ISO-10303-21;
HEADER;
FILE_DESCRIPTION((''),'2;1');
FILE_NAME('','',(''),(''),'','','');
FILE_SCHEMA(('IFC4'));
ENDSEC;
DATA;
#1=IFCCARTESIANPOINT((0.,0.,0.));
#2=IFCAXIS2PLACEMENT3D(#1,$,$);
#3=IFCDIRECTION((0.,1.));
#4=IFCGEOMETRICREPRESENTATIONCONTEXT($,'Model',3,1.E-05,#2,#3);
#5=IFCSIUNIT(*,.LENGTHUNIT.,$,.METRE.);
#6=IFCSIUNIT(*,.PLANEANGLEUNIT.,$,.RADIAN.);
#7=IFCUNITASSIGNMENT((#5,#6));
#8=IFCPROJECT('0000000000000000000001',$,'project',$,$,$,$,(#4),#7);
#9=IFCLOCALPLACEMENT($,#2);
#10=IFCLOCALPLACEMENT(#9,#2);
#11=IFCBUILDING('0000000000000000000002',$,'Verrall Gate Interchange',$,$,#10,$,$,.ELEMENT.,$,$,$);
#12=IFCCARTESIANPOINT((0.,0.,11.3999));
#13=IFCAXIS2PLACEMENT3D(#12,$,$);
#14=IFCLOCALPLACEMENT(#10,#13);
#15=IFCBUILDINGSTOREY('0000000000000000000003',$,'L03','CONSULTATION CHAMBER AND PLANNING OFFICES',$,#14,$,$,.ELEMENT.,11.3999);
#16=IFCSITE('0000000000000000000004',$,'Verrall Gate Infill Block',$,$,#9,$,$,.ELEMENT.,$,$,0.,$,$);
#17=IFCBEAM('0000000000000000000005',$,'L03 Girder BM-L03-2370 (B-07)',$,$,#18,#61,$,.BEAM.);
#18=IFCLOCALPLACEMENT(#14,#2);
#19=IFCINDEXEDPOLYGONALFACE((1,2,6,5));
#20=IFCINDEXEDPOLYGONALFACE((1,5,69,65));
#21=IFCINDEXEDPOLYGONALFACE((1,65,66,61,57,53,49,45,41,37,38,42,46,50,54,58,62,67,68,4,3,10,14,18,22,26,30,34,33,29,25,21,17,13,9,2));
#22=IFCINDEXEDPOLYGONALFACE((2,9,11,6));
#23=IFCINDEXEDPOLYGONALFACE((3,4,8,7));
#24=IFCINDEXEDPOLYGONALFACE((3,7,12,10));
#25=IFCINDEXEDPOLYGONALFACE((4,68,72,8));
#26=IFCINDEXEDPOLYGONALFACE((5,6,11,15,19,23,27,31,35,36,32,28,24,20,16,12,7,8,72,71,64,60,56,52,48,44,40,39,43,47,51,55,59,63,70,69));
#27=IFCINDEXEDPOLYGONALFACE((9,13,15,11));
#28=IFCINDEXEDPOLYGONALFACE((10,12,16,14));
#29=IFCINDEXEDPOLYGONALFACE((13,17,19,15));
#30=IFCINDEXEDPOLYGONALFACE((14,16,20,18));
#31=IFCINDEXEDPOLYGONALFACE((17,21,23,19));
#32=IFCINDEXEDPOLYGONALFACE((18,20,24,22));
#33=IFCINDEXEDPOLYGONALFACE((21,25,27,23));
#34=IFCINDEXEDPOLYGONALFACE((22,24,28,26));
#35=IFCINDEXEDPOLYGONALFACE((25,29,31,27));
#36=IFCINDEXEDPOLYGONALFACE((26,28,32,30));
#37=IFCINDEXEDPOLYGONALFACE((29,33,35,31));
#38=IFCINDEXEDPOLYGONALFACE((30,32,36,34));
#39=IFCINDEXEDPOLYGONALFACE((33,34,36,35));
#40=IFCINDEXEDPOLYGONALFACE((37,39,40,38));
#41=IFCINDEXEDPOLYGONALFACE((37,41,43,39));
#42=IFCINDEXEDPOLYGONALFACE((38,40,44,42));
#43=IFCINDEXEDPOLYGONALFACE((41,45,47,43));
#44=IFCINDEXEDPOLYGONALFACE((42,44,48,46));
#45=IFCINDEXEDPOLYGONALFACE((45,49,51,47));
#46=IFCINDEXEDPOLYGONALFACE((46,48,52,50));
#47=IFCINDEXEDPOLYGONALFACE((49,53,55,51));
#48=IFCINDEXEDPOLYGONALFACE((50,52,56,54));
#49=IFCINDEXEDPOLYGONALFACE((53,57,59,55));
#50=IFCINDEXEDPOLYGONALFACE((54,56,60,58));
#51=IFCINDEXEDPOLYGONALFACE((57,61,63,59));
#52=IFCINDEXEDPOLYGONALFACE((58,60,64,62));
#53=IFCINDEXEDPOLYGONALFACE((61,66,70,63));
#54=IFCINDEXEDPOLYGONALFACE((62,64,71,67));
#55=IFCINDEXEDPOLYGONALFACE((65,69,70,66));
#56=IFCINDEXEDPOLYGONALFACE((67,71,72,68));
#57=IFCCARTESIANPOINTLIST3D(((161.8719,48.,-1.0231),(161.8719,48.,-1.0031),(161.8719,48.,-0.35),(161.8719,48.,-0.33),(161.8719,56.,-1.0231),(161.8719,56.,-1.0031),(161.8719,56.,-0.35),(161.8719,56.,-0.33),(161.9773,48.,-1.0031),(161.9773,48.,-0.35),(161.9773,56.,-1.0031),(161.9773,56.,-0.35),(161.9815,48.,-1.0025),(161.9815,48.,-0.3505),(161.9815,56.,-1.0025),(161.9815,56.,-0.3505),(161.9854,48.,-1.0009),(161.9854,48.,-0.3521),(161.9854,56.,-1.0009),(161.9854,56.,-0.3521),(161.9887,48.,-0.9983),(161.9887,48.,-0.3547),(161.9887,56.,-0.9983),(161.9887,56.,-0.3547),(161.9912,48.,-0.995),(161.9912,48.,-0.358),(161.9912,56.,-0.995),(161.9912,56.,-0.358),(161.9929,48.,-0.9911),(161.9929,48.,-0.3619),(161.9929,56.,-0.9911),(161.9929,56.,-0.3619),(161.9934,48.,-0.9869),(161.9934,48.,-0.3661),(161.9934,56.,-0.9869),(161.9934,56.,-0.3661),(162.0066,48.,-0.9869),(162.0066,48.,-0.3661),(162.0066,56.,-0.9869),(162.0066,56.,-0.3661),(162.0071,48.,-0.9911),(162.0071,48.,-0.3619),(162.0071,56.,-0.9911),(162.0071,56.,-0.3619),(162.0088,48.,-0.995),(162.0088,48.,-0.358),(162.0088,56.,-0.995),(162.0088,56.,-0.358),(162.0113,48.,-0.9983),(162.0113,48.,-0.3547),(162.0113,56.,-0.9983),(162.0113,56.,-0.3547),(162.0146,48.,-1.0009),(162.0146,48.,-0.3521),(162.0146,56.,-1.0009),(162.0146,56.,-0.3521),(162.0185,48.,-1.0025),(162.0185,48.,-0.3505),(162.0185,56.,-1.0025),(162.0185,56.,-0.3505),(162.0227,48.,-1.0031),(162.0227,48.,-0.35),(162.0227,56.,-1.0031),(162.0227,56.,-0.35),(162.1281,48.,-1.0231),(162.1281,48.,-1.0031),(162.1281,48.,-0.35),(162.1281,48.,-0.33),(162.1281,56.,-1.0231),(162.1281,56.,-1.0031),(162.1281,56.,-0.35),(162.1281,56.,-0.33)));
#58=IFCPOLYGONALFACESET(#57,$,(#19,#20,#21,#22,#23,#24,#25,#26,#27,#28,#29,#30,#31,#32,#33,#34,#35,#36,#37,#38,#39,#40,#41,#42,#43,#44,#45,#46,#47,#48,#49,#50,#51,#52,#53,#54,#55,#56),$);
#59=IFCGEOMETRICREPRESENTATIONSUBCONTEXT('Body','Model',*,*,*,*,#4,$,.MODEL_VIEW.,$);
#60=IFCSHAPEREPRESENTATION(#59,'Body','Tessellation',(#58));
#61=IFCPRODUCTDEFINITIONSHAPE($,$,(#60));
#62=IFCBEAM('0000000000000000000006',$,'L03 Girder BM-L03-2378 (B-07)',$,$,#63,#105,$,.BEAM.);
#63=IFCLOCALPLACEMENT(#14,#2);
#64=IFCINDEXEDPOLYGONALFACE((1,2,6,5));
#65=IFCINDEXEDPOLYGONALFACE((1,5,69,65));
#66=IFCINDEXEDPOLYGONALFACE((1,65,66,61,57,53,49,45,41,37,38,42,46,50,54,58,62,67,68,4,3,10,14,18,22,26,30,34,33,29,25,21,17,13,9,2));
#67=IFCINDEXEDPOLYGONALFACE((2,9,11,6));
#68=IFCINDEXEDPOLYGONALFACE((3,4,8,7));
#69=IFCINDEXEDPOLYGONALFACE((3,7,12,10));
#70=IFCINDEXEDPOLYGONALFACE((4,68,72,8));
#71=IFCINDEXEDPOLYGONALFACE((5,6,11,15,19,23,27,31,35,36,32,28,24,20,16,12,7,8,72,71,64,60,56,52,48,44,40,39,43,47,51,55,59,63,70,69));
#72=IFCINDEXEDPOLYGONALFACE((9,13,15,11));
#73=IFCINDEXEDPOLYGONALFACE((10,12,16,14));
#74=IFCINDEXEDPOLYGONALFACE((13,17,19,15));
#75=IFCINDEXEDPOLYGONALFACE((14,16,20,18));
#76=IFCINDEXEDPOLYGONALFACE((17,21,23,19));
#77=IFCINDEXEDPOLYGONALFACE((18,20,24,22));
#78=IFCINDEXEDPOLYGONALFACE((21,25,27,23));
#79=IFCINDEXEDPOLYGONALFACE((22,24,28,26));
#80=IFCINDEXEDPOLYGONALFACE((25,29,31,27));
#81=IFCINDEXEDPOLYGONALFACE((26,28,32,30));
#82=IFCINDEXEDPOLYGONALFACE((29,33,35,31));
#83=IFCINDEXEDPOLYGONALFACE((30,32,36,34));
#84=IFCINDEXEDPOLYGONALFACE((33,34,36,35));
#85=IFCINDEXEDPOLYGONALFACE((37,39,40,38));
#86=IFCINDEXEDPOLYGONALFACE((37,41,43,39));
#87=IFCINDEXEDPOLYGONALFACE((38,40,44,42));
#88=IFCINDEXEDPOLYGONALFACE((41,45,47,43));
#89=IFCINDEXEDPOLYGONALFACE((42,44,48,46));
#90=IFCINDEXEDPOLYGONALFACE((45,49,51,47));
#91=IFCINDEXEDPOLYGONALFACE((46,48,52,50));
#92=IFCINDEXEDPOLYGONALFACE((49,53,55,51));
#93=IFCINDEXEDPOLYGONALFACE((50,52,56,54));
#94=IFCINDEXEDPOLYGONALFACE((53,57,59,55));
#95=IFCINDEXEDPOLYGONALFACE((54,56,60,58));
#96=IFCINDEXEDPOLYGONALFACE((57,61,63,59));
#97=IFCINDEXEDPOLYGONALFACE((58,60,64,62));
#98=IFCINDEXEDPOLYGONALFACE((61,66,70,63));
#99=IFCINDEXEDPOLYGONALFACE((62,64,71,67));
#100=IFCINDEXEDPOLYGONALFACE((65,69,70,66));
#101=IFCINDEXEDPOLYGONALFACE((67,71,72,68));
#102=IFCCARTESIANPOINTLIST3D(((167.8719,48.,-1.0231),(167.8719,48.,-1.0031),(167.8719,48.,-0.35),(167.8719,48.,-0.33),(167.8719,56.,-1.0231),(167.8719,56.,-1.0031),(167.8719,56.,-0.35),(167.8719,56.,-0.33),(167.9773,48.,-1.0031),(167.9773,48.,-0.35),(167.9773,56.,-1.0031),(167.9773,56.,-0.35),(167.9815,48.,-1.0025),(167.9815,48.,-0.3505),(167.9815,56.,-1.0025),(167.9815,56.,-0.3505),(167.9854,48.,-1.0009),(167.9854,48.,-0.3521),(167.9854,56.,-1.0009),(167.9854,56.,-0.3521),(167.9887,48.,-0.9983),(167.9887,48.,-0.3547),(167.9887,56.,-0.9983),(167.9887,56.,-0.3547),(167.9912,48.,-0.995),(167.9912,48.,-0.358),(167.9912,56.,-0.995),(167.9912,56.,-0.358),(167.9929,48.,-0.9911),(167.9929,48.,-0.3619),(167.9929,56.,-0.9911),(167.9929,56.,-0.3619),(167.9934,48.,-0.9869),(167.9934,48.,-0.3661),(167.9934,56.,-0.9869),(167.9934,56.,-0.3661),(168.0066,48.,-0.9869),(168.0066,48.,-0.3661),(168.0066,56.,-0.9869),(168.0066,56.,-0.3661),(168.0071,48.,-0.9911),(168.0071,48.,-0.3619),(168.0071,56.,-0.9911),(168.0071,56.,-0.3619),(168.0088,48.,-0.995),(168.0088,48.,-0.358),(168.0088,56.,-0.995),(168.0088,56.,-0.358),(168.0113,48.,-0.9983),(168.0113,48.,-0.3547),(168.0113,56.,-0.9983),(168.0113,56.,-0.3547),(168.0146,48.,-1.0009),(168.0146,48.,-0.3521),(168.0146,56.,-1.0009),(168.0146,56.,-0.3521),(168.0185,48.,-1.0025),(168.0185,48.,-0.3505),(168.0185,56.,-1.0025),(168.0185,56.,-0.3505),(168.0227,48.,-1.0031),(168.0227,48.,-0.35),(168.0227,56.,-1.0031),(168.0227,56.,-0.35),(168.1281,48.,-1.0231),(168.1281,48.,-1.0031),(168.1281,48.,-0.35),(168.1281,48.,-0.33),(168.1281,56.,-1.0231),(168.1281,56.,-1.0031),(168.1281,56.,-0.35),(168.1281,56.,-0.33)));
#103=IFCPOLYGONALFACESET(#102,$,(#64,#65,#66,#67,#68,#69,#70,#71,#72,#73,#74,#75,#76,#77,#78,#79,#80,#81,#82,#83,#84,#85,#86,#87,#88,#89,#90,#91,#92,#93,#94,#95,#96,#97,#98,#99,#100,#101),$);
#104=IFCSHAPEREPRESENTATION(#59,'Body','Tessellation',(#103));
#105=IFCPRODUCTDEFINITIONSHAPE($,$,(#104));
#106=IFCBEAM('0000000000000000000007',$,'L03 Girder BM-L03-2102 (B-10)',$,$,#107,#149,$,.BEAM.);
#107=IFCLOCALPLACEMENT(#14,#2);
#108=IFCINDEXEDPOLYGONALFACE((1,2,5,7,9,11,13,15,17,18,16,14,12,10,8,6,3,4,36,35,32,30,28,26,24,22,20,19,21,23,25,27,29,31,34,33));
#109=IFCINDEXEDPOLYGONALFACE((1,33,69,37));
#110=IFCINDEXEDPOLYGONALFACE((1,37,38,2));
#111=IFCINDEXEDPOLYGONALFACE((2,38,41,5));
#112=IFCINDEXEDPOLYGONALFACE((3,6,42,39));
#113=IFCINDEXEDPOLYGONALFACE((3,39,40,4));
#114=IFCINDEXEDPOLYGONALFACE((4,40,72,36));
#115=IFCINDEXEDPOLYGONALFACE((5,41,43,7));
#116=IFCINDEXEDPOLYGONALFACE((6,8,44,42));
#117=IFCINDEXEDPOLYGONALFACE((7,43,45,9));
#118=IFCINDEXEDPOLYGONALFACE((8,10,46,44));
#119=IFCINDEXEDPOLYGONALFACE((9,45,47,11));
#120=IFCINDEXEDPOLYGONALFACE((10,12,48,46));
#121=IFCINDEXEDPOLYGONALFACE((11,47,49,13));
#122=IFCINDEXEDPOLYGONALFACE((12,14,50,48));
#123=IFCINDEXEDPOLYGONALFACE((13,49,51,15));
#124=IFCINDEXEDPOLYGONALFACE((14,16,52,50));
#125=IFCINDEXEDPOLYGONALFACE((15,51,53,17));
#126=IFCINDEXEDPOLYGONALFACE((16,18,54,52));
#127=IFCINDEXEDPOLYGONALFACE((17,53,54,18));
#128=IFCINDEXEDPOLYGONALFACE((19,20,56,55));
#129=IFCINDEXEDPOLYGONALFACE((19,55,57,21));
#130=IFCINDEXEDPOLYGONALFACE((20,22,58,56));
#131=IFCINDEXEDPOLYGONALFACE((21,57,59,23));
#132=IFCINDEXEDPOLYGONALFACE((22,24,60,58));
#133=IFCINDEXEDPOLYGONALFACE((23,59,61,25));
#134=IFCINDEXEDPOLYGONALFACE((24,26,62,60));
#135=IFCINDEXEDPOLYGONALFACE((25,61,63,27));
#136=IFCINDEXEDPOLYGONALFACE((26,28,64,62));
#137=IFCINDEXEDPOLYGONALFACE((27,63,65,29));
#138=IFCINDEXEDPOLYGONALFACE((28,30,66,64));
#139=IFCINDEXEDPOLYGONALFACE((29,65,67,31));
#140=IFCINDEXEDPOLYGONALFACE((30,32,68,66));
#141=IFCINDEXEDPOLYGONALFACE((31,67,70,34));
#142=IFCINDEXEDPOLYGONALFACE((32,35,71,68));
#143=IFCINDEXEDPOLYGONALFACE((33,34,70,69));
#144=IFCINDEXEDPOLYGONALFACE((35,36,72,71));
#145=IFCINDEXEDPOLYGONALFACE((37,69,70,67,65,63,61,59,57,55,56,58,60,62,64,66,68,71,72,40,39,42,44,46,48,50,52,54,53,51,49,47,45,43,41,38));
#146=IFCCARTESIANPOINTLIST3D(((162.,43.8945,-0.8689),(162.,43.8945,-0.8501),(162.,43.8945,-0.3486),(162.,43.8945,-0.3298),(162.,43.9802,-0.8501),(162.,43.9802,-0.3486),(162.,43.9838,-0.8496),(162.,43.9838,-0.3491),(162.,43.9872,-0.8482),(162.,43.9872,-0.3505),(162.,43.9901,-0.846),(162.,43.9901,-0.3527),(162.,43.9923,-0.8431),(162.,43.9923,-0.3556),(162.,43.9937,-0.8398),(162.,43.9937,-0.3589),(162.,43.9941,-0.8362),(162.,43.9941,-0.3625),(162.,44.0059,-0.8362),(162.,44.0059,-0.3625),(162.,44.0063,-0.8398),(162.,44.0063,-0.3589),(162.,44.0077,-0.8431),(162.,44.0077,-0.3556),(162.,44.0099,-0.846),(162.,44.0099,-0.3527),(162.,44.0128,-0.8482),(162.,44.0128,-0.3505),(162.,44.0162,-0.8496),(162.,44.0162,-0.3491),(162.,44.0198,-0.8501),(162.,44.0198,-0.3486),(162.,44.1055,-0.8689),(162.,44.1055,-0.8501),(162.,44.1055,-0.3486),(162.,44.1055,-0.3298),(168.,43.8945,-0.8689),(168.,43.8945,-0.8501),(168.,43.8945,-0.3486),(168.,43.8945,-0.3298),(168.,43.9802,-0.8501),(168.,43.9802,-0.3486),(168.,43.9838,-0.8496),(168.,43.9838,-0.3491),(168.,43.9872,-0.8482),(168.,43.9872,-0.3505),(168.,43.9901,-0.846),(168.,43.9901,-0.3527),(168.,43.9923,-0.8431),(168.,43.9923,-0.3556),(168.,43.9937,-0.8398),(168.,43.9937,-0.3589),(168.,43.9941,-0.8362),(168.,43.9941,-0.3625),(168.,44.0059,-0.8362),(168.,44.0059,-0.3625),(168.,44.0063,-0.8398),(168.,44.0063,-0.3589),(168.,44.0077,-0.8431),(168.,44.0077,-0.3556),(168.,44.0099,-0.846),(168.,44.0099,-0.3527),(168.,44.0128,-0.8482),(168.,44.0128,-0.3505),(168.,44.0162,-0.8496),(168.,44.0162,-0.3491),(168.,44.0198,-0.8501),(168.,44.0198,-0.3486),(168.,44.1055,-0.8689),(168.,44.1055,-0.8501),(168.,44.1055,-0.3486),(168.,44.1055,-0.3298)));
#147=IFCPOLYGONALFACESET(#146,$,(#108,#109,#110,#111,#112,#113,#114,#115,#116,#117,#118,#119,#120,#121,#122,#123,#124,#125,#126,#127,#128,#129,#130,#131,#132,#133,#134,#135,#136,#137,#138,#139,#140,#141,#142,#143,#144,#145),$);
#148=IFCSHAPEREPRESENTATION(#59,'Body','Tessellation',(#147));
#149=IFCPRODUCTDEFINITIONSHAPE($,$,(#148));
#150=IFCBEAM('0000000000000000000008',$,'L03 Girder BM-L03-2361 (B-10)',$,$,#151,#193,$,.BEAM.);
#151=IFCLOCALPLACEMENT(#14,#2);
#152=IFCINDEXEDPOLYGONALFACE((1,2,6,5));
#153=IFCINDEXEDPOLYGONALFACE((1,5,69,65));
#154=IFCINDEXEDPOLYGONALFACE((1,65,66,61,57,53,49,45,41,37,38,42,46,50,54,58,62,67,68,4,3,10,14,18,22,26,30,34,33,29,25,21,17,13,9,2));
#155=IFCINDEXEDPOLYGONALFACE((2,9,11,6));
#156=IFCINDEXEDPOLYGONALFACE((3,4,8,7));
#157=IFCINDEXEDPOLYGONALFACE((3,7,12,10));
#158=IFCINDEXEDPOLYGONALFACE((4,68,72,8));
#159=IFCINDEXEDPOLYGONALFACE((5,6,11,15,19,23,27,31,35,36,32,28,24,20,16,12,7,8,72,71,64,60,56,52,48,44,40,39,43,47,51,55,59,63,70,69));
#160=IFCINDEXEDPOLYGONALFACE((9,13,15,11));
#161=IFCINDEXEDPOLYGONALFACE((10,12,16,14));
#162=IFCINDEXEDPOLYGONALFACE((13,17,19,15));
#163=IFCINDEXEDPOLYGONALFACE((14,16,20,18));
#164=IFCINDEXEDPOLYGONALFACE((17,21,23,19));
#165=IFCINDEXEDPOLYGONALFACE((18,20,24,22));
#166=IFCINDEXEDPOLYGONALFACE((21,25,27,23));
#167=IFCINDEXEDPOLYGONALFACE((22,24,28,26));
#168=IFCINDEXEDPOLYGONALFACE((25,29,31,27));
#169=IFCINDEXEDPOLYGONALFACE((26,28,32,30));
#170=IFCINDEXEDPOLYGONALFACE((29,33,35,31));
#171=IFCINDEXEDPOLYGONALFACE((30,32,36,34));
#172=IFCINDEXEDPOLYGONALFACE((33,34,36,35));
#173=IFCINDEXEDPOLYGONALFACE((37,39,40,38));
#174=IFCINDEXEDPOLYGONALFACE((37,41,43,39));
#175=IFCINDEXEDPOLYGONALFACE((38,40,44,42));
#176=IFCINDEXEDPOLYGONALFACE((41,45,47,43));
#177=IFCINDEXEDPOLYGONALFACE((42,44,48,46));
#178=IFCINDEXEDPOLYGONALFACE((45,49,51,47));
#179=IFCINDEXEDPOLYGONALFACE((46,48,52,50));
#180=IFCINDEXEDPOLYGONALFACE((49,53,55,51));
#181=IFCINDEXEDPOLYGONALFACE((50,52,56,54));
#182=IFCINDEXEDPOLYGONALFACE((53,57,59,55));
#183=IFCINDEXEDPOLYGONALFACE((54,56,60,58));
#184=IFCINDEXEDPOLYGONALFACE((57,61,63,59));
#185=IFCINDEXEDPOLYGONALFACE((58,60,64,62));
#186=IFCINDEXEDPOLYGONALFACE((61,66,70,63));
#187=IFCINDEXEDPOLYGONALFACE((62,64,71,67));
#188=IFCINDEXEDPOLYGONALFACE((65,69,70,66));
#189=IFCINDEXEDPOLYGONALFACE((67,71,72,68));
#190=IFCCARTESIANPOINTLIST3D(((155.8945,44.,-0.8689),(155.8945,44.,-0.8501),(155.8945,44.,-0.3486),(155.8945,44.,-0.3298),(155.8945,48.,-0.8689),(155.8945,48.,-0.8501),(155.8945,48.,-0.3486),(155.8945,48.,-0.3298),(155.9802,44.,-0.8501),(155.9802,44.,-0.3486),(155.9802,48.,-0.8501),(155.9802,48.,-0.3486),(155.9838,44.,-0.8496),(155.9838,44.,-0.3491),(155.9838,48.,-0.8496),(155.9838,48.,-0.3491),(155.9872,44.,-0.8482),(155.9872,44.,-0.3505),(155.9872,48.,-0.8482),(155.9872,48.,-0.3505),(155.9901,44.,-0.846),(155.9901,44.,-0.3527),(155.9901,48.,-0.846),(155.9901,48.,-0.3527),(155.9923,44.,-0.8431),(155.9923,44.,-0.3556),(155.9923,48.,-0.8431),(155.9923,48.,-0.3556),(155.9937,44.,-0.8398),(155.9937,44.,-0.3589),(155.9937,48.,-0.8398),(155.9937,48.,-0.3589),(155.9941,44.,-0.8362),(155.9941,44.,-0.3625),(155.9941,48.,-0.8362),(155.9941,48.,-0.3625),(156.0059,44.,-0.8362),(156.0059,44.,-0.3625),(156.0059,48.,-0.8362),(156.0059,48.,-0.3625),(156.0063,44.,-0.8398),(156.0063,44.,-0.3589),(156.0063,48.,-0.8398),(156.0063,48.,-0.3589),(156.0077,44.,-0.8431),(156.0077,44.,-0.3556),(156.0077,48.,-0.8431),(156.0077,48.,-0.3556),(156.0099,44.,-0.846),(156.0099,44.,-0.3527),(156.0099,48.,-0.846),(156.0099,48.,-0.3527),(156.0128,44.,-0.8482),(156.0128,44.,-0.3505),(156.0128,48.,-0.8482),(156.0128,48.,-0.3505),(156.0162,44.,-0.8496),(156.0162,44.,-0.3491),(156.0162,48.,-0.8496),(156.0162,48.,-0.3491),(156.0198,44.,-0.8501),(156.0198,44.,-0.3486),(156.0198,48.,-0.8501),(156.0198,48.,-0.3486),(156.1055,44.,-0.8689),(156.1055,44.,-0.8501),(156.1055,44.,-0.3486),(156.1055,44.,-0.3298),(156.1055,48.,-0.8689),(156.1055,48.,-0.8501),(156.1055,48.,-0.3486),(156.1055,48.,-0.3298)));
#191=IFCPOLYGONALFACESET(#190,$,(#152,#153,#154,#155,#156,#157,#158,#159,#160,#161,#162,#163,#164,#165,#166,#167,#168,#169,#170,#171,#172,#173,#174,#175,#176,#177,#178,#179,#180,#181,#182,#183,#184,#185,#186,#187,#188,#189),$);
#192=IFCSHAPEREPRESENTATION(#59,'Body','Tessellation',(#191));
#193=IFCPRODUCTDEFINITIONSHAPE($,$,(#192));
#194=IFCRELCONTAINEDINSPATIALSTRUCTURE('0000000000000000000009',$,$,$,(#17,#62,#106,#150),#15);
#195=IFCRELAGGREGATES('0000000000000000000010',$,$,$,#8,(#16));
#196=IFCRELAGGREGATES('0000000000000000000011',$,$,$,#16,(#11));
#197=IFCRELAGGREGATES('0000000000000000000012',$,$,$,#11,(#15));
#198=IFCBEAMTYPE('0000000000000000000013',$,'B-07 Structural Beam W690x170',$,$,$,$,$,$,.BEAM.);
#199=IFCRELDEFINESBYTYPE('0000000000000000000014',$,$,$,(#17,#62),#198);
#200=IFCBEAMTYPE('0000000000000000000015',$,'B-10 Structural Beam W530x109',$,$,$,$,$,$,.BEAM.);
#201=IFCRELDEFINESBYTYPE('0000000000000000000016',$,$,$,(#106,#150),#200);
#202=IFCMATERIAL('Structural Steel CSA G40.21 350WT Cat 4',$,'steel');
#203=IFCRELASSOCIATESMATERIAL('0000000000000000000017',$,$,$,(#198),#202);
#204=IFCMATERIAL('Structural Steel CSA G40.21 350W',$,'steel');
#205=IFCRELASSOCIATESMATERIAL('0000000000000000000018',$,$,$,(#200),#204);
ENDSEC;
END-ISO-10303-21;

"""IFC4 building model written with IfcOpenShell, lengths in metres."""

from ifc_helpers import new_model, si_unit, direction, frame, origin, origin_2d, place, context, subcontext, project, spatial, i_section, extrude, material, material_profile, profile_set, type_object, element, save


model = new_model("IFC4")

# Units and contexts
model_context = context("Model", 3, precision=1e-05, world=origin(), true_north=direction((0.0, 1.0)))
body_context = subcontext(model_context, "Body", "Model", "MODEL_VIEW")
ifc_project = project(units=[si_unit("LENGTHUNIT", "METRE"), si_unit("PLANEANGLEUNIT", "RADIAN")], contexts=[model_context])

# Site, building, storey
site_placement = place(None, origin())
site = spatial("IfcSite", under=ifc_project, at=site_placement, Name="Verrall Gate Infill Block", CompositionType="ELEMENT", RefElevation=0.0)
building_placement = place(site_placement, origin())
building = spatial("IfcBuilding", under=site, at=building_placement, Name="Verrall Gate Interchange", CompositionType="ELEMENT")
storey_placement = place(building_placement, frame((0.0, 0.0, 11.3999)))
storey = spatial("IfcBuildingStorey", under=building, at=storey_placement, Name="L03", Description="CONSULTATION CHAMBER AND PLANNING OFFICES", CompositionType="ELEMENT", Elevation=11.3999)

# Beams
ifc_material_1 = material(Name="Structural Steel CSA G40.21 350WT Cat 4", Category="steel")
ifc_material_profile_1 = material_profile(ifc_material_1, i_section(OverallWidth=0.2561, OverallDepth=0.6931, WebThickness=0.0132, FlangeThickness=0.02, FilletRadius=0.0161, at=origin_2d()), Name="W690x170")
ifc_profile_set_1 = profile_set([ifc_material_profile_1], Name="Structural Steel CSA G40.21 350WT Cat 4")
beam_type_1 = type_object("IfcBeamType", Name="B-07 Structural Beam W690x170", PredefinedType="BEAM", material=ifc_profile_set_1)
for number, where, z_axis, x_axis, name in (
    (1, (162.0, 48.0, -0.6765), (0.0, 1.0, 0.0), (-1.0, 0.0, 0.0), "L03 Girder BM-L03-2370 (B-07)"),
    (2, (168.0, 48.0, -0.6765), (0.0, 1.0, 0.0), (-1.0, 0.0, 0.0), "L03 Girder BM-L03-2378 (B-07)"),
):
    element("IfcBeam", number, at=place(storey_placement, frame(where, z_axis=z_axis, x_axis=x_axis)), inside=storey, type_object=beam_type_1, Name=name, PredefinedType="BEAM", context=body_context, shape_type="SweptSolid", body=[
        extrude(i_section(OverallWidth=0.2561, OverallDepth=0.6931, WebThickness=0.0132, FlangeThickness=0.02, FilletRadius=0.0161, at=origin_2d()), origin(), (0.0, 0.0, 1.0), 8.0),
    ])
ifc_material_2 = material(Name="Structural Steel CSA G40.21 350W", Category="steel")
ifc_material_profile_2 = material_profile(ifc_material_2, i_section(OverallWidth=0.2109, OverallDepth=0.5391, WebThickness=0.0117, FlangeThickness=0.0188, FilletRadius=0.0139, at=origin_2d()), Name="W530x109")
ifc_profile_set_2 = profile_set([ifc_material_profile_2], Name="Structural Steel CSA G40.21 350W")
beam_type_2 = type_object("IfcBeamType", Name="B-10 Structural Beam W530x109", PredefinedType="BEAM", material=ifc_profile_set_2)
beam_1_placement = place(storey_placement, frame((162.0, 44.0, -0.5994), z_axis=(1.0, 0.0, 0.0), x_axis=(0.0, 1.0, 0.0)))
element("IfcBeam", 3, at=beam_1_placement, inside=storey, type_object=beam_type_2, Name="L03 Girder BM-L03-2102 (B-10)", PredefinedType="BEAM", context=body_context, shape_type="SweptSolid", body=[
    extrude(i_section(OverallWidth=0.2109, OverallDepth=0.5391, WebThickness=0.0117, FlangeThickness=0.0188, FilletRadius=0.0139, at=origin_2d()), origin(), (0.0, 0.0, 1.0), 6.0),
])
for number, where, z_axis, x_axis, name in (
    (4, (156.0, 44.0, -0.5994), (0.0, 1.0, 0.0), (-1.0, 0.0, 0.0), "L03 Girder BM-L03-2361 (B-10)"),
):
    element("IfcBeam", number, at=place(storey_placement, frame(where, z_axis=z_axis, x_axis=x_axis)), inside=storey, type_object=beam_type_2, Name=name, PredefinedType="BEAM", context=body_context, shape_type="SweptSolid", body=[
        extrude(i_section(OverallWidth=0.2109, OverallDepth=0.5391, WebThickness=0.0117, FlangeThickness=0.0188, FilletRadius=0.0139, at=origin_2d()), origin(), (0.0, 0.0, 1.0), 4.0),
    ])

save(model, "model.ifc")
